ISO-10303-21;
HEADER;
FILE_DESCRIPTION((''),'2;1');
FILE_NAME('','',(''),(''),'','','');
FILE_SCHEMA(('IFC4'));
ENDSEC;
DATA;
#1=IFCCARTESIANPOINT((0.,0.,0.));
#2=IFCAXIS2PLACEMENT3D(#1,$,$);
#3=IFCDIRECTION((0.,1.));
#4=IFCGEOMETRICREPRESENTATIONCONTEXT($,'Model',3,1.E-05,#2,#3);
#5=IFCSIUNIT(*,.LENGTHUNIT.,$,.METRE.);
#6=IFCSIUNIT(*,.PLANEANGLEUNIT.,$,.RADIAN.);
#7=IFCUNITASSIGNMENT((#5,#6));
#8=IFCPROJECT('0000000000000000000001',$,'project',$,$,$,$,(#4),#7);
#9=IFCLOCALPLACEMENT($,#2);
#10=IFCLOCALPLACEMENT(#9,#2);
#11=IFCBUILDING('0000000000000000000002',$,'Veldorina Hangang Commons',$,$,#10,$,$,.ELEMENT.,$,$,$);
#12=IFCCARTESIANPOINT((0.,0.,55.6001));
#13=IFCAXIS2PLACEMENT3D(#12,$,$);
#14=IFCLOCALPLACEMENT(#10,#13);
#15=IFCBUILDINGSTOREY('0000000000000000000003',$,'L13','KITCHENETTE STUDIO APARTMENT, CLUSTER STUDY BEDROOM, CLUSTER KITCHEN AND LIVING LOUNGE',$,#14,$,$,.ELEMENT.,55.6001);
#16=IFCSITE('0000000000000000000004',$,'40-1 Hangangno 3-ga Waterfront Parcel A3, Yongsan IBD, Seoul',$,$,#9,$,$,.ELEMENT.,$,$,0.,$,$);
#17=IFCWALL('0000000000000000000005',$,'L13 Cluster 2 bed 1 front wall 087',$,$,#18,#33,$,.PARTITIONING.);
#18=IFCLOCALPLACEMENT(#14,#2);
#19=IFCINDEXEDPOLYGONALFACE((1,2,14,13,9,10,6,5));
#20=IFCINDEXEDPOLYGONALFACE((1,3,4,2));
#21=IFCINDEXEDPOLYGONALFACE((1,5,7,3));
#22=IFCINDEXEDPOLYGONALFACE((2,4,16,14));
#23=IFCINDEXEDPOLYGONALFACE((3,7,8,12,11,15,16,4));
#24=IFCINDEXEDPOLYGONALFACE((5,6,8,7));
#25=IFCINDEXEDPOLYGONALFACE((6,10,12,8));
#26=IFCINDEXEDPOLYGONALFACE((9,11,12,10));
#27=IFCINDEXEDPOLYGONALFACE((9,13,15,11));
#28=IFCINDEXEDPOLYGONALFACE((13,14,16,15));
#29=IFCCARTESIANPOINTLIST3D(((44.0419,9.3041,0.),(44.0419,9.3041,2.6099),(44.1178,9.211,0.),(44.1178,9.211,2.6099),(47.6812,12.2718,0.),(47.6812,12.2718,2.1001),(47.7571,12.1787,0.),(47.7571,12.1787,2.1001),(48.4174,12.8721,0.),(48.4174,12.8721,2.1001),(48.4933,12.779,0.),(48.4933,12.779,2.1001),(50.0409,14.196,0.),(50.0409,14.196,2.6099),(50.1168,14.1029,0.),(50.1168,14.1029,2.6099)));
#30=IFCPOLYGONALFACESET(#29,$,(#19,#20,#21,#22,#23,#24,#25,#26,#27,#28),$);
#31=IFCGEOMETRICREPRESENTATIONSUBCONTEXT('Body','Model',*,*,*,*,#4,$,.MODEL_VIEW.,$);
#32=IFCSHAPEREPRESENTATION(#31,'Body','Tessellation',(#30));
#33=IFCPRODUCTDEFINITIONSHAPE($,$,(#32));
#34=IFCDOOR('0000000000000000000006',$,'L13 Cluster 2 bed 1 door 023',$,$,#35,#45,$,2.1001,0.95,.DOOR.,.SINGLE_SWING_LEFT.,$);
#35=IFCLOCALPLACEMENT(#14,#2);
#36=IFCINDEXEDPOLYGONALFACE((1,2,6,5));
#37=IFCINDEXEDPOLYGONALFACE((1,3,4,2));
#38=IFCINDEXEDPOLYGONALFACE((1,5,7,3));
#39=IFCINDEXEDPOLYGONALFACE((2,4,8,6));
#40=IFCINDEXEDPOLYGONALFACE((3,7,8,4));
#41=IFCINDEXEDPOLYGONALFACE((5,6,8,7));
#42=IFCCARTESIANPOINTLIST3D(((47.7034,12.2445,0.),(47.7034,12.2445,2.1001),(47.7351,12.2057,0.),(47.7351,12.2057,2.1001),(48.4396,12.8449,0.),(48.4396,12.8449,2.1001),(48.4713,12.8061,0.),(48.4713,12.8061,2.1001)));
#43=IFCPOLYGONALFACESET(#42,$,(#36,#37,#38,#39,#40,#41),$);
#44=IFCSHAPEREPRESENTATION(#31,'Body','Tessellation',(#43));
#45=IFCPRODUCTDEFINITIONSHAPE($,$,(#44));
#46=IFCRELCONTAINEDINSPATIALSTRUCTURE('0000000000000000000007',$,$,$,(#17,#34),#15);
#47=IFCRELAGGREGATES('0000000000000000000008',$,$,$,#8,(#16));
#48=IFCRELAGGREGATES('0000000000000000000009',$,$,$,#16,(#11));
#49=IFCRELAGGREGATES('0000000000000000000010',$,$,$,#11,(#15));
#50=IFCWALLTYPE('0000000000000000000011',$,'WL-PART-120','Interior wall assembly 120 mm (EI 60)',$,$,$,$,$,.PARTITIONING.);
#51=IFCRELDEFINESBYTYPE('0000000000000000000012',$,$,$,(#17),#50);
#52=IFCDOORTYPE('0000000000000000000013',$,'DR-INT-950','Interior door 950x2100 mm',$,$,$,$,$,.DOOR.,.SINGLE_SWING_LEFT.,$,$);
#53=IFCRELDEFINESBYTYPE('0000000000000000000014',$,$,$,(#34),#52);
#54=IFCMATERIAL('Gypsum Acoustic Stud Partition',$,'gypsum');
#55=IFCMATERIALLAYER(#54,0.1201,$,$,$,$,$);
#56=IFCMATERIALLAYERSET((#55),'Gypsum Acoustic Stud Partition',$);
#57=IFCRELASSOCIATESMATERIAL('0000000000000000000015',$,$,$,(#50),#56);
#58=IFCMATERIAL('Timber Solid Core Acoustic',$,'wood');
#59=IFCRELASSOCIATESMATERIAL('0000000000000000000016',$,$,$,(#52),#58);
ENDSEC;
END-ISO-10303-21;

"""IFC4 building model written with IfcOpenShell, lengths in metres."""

from ifc_helpers import new_model, si_unit, direction, frame, frame_2d, origin, place, context, subcontext, project, spatial, rectangle, extrude, material, layer, layer_set, type_object, element, fill, save


model = new_model("IFC4")

# Units and contexts
model_context = context("Model", 3, precision=1e-05, world=origin(), true_north=direction((0.0, 1.0)))
body_context = subcontext(model_context, "Body", "Model", "MODEL_VIEW")
ifc_project = project(units=[si_unit("LENGTHUNIT", "METRE"), si_unit("PLANEANGLEUNIT", "RADIAN")], contexts=[model_context])

# Site, building, storey
site_placement = place(None, origin())
site = spatial("IfcSite", under=ifc_project, at=site_placement, Name="40-1 Hangangno 3-ga Waterfront Parcel A3, Yongsan IBD, Seoul", CompositionType="ELEMENT", RefElevation=0.0)
building_placement = place(site_placement, origin())
building = spatial("IfcBuilding", under=site, at=building_placement, Name="Veldorina Hangang Commons", CompositionType="ELEMENT")
storey_placement = place(building_placement, frame((0.0, 0.0, 55.6001)))
storey = spatial("IfcBuildingStorey", under=building, at=storey_placement, Name="L13", Description="KITCHENETTE STUDIO APARTMENT, CLUSTER STUDY BEDROOM, CLUSTER KITCHEN AND LIVING LOUNGE", CompositionType="ELEMENT", Elevation=55.6001)

# Wall, opening, door
ifc_material_1 = material(Name="Gypsum Acoustic Stud Partition", Category="gypsum")
ifc_layer_1 = layer(ifc_material_1, 0.1201)
ifc_layer_set_1 = layer_set([ifc_layer_1], Name="Gypsum Acoustic Stud Partition")
wall_type = type_object("IfcWallType", Name="WL-PART-120", Description="Interior wall assembly 120 mm (EI 60)", PredefinedType="PARTITIONING", material=ifc_layer_set_1)
wall_placement = place(storey_placement, frame((44.0798, 9.2576, 0.0), z_axis=(0.0, 0.0, 1.0), x_axis=(0.774998, 0.631964, 0.0)))
wall = element("IfcWall", 1, at=wall_placement, inside=storey, type_object=wall_type, Name="L13 Cluster 2 bed 1 front wall 087", PredefinedType="PARTITIONING", context=body_context, shape_type="SweptSolid", body=[
    extrude(rectangle(XDim=7.7407, YDim=0.1201, at=frame_2d((3.8704, 0.0))), origin(), (0.0, 0.0, 1.0), 2.6099),
])
opening_placement = place(wall_placement, frame((4.6958, 0.0, 0.0)))
opening = element("IfcOpeningElement", 2, at=opening_placement, cuts=wall, PredefinedType="OPENING", context=body_context, shape_type="SweptSolid", body=[
    extrude(rectangle(XDim=0.95, YDim=2.1001, at=frame_2d((0.4751, 1.05))), frame((0.0, 0.0701, 0.0), z_axis=(0.0, -1.0, 0.0), x_axis=(1.0, 0.0, 0.0)), (0.0, 0.0, 1.0), 0.1401),
])
ifc_material_2 = material(Name="Timber Solid Core Acoustic", Category="wood")
door_type = type_object("IfcDoorType", Name="DR-INT-950", Description="Interior door 950x2100 mm", OperationType="SINGLE_SWING_LEFT", PredefinedType="DOOR", material=ifc_material_2)
door_placement = place(opening_placement, origin())
door = element("IfcDoor", 3, at=door_placement, inside=storey, type_object=door_type, Name="L13 Cluster 2 bed 1 door 023", OperationType="SINGLE_SWING_LEFT", OverallHeight=2.1001, OverallWidth=0.95, PredefinedType="DOOR", context=body_context, shape_type="SweptSolid", body=[
    extrude(rectangle(XDim=0.95, YDim=2.1001, at=frame_2d((0.4751, 1.05))), frame((0.0, 0.0249, 0.0), z_axis=(0.0, -1.0, 0.0), x_axis=(1.0, 0.0, 0.0)), (0.0, 0.0, 1.0), 0.05),
])
fill(opening, door)

save(model, "model.ifc")
